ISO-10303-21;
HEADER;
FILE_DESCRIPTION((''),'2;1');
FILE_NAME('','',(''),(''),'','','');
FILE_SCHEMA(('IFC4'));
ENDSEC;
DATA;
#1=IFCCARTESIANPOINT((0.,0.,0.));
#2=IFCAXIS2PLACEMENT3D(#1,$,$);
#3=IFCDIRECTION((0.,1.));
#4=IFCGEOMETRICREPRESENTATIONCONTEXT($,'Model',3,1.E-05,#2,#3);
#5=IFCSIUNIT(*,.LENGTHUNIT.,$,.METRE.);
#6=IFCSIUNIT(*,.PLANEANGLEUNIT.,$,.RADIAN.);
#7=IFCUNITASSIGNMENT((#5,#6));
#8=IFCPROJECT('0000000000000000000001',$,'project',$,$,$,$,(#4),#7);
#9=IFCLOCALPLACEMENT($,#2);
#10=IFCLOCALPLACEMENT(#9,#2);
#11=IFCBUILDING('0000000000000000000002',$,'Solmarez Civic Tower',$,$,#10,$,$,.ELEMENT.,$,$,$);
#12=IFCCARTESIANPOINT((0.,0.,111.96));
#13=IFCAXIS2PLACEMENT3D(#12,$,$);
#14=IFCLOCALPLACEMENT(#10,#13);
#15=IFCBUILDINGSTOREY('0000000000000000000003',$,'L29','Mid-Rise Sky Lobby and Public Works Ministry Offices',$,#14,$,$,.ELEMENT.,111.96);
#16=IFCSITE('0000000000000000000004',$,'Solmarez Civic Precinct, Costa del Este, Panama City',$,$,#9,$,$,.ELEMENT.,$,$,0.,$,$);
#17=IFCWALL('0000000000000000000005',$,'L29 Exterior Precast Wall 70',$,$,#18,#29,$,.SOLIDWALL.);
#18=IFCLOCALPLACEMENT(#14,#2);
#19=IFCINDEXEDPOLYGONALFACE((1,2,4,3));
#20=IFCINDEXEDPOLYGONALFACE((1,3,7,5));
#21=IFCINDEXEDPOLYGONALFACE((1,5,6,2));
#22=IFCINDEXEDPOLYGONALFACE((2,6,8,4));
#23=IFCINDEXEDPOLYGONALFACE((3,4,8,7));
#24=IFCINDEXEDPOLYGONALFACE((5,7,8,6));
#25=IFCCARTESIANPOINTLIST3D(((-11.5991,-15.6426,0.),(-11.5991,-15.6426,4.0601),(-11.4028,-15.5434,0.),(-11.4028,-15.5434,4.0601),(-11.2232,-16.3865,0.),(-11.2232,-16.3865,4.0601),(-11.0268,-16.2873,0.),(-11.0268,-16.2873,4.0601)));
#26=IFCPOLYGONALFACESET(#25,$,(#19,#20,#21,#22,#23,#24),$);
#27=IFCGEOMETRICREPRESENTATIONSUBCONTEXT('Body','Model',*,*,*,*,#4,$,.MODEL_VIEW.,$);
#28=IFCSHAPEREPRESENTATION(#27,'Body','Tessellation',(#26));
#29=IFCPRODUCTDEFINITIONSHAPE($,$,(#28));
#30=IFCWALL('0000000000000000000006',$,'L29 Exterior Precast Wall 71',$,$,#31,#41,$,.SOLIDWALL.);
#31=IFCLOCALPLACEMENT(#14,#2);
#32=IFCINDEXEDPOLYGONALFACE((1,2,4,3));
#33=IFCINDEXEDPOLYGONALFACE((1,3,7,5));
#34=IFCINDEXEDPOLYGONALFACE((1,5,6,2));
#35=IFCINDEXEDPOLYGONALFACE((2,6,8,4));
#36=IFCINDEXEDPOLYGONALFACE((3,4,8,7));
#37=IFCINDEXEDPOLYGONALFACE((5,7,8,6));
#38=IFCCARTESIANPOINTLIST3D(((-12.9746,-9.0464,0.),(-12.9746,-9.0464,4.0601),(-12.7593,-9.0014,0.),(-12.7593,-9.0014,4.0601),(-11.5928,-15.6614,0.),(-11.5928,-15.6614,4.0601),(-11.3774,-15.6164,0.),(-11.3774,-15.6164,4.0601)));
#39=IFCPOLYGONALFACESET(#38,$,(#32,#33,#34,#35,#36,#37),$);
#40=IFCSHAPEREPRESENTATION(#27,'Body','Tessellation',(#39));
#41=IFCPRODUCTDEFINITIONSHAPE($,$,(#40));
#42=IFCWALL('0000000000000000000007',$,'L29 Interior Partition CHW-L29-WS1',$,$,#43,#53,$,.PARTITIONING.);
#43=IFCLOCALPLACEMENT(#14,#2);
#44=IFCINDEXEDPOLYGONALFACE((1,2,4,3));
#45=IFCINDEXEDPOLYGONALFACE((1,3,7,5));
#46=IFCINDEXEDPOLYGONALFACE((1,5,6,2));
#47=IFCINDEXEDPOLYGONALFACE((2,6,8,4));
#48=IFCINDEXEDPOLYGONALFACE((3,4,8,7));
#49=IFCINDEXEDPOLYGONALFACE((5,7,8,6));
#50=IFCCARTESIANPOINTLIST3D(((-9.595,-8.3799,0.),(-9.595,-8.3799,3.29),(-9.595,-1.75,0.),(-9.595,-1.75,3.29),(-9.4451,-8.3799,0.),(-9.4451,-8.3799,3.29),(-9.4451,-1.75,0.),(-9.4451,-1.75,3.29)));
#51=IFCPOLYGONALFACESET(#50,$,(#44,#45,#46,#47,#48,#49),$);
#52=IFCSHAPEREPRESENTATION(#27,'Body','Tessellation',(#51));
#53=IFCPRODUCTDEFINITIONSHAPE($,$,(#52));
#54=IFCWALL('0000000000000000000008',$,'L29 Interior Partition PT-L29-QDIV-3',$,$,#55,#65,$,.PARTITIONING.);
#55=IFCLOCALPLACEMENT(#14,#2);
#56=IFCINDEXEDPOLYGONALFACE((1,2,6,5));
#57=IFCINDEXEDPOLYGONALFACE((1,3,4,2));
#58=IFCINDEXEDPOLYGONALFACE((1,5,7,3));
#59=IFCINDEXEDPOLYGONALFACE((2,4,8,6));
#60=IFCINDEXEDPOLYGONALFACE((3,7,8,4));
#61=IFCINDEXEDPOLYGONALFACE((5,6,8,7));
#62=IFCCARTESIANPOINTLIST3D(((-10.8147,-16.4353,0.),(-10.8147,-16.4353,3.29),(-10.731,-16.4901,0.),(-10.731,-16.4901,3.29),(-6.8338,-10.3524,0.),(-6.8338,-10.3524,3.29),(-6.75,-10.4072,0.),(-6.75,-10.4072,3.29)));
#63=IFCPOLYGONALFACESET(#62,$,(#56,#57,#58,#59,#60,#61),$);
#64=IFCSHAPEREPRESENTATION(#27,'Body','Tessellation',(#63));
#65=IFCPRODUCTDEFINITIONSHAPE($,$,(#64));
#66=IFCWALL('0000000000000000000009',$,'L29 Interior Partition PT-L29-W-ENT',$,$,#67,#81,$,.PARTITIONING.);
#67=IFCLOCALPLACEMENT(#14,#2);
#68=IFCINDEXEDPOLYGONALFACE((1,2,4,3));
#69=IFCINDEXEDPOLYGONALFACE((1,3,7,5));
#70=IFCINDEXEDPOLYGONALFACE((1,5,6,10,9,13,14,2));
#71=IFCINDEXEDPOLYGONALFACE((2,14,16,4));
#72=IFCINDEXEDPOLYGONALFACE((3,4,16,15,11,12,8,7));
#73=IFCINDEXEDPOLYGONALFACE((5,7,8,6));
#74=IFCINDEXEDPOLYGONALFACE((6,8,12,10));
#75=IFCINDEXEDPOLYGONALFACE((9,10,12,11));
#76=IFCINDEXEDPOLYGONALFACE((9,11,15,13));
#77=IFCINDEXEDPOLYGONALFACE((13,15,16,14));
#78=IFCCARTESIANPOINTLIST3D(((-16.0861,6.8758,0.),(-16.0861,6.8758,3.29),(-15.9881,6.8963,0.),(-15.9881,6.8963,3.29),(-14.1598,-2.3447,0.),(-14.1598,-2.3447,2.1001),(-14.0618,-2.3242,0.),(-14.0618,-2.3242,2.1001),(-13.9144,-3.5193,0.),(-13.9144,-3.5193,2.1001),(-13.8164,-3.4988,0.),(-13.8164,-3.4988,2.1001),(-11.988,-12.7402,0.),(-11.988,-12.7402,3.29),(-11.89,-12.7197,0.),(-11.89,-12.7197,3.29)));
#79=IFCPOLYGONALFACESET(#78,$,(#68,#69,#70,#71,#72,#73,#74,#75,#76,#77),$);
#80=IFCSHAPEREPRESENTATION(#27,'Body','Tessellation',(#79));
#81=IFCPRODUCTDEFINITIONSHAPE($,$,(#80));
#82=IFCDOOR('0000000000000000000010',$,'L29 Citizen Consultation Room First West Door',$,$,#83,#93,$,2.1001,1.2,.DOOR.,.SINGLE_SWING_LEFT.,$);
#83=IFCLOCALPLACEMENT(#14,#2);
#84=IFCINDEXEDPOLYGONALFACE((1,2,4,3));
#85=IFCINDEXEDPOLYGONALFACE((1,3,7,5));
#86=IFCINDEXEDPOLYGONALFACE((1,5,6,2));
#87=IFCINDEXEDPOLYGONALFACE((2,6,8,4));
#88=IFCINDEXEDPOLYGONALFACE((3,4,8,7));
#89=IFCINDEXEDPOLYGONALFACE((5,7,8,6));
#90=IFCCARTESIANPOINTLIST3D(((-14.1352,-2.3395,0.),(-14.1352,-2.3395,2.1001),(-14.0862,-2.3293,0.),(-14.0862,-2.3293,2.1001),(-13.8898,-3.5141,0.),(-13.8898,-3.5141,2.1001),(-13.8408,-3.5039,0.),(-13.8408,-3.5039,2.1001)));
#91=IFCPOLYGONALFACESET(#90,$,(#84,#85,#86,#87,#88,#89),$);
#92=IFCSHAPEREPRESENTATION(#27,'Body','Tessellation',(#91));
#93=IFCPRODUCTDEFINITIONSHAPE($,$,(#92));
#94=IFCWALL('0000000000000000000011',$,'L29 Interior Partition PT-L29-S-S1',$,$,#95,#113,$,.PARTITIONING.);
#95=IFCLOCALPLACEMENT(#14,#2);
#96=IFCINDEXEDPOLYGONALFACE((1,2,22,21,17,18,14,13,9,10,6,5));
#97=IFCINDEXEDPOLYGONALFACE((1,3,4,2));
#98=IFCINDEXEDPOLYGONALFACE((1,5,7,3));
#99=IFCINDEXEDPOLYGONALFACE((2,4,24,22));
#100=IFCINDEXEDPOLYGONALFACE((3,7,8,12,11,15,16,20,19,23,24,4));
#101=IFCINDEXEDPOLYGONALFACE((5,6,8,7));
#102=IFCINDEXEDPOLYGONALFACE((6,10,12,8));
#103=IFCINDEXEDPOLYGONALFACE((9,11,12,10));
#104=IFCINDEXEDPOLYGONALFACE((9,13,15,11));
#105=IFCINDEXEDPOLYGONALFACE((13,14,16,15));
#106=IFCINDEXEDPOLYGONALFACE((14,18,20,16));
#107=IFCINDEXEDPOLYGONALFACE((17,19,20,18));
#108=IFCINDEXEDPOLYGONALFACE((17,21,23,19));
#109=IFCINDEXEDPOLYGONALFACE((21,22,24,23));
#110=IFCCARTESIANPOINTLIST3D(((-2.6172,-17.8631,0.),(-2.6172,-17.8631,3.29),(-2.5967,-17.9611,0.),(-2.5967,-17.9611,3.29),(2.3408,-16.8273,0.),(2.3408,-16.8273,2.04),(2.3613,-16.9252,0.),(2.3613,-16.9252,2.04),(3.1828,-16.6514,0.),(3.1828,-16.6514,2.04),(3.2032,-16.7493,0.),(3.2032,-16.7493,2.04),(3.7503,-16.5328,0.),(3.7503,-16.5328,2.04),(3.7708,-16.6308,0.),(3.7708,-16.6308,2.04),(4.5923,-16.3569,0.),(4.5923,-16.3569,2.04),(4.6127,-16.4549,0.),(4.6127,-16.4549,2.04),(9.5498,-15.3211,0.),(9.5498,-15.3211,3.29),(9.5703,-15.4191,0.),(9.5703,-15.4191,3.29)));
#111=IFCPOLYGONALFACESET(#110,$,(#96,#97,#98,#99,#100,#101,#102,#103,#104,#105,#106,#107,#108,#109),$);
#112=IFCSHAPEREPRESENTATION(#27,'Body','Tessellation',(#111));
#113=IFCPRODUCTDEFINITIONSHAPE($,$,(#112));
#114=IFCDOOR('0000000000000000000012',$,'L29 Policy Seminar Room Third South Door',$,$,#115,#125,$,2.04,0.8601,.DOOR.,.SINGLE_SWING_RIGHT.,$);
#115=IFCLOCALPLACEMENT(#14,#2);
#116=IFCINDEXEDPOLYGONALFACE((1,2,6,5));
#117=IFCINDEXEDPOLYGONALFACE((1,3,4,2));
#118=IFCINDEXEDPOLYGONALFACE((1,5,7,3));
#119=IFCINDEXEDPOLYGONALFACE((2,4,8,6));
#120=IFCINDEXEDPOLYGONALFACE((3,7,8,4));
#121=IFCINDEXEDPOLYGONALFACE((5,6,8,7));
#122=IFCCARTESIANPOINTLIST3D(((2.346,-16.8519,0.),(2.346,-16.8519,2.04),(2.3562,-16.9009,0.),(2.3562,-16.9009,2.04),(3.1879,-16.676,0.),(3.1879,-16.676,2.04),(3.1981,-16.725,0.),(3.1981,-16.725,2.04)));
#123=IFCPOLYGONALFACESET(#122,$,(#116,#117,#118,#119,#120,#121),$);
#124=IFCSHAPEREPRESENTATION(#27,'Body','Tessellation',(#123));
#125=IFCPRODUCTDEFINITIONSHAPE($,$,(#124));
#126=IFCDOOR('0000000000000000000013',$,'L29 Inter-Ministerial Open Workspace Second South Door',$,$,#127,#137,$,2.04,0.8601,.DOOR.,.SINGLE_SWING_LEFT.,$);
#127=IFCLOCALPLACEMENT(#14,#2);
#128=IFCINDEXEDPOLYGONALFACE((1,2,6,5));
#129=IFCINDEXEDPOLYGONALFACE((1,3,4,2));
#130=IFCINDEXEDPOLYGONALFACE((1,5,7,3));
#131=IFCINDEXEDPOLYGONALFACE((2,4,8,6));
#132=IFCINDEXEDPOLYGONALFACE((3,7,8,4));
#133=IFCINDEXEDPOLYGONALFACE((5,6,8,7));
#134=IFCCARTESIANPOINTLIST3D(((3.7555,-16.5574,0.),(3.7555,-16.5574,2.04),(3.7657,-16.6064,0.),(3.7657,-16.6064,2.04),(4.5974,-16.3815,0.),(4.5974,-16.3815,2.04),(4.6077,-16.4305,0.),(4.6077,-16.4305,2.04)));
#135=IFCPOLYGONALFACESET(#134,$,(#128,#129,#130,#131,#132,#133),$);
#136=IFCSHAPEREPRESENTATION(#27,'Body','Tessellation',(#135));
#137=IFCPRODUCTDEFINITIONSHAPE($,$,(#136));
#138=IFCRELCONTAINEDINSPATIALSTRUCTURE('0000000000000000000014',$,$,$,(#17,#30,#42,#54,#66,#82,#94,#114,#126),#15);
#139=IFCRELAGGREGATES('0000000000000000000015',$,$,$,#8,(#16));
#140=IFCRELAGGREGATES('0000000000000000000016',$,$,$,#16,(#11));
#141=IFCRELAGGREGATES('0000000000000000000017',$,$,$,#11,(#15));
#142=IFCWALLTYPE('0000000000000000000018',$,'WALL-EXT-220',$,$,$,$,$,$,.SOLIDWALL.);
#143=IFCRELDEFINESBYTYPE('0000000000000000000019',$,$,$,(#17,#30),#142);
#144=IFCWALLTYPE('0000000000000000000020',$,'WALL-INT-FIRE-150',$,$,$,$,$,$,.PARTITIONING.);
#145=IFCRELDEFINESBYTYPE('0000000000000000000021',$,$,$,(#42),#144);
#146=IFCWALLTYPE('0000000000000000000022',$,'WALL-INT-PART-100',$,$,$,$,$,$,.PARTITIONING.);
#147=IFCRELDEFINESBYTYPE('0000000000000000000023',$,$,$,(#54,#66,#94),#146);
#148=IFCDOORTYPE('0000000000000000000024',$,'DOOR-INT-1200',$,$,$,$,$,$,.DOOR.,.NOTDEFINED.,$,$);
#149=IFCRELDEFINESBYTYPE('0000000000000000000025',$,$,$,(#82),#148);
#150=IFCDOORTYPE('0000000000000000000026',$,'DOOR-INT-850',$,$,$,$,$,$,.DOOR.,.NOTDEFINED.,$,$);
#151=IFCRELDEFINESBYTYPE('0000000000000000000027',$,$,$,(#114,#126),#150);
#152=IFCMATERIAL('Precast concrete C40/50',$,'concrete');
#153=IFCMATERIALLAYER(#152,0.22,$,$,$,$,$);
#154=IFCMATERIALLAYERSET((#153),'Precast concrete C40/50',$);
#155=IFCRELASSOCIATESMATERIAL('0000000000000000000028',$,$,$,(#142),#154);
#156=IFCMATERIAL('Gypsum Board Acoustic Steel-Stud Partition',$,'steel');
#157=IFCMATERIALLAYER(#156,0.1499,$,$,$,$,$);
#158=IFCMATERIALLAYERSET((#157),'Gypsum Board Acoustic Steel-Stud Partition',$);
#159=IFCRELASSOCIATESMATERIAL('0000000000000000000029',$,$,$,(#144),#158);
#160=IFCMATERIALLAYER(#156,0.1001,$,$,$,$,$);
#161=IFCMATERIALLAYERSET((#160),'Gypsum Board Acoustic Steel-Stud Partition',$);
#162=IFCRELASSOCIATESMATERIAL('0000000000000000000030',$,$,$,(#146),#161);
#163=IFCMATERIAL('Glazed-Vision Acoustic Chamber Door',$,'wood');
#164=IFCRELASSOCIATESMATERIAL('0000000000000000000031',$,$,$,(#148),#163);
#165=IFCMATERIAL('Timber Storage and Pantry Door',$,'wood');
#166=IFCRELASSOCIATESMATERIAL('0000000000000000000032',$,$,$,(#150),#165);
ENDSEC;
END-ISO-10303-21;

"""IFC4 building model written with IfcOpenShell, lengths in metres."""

from ifc_helpers import new_model, si_unit, direction, frame, frame_2d, origin, place, context, subcontext, project, spatial, rectangle, extrude, material, layer, layer_set, type_object, element, fill, save


model = new_model("IFC4")

# Units and contexts
model_context = context("Model", 3, precision=1e-05, world=origin(), true_north=direction((0.0, 1.0)))
body_context = subcontext(model_context, "Body", "Model", "MODEL_VIEW")
ifc_project = project(units=[si_unit("LENGTHUNIT", "METRE"), si_unit("PLANEANGLEUNIT", "RADIAN")], contexts=[model_context])

# Site, building, storey
site_placement = place(None, origin())
site = spatial("IfcSite", under=ifc_project, at=site_placement, Name="Solmarez Civic Precinct, Costa del Este, Panama City", CompositionType="ELEMENT", RefElevation=0.0)
building_placement = place(site_placement, origin())
building = spatial("IfcBuilding", under=site, at=building_placement, Name="Solmarez Civic Tower", CompositionType="ELEMENT")
storey_placement = place(building_placement, frame((0.0, 0.0, 111.96)))
storey = spatial("IfcBuildingStorey", under=building, at=storey_placement, Name="L29", Description="Mid-Rise Sky Lobby and Public Works Ministry Offices", CompositionType="ELEMENT", Elevation=111.96)

# Shared definitions
ifc_material_1 = material(Name="Precast concrete C40/50", Category="concrete")
ifc_layer_1 = layer(ifc_material_1, 0.22)
ifc_layer_set_1 = layer_set([ifc_layer_1], Name="Precast concrete C40/50")
wall_type_1 = type_object("IfcWallType", Name="WALL-EXT-220", PredefinedType="SOLIDWALL", material=ifc_layer_set_1)

# Walls
wall_1_placement = place(storey_placement, frame((-11.125, -16.3369, 0.0), z_axis=(0.0, 0.0, 1.0), x_axis=(-0.451076, 0.892486, 0.0)))
element("IfcWall", 1, at=wall_1_placement, inside=storey, type_object=wall_type_1, Name="L29 Exterior Precast Wall 70", PredefinedType="SOLIDWALL", context=body_context, shape_type="SweptSolid", body=[
    extrude(rectangle(XDim=0.8335, YDim=0.22, at=frame_2d((0.4167, 0.0))), origin(), (0.0, 0.0, 1.0), 4.0601),
])
wall_2_placement = place(storey_placement, frame((-11.4851, -15.6389, 0.0), z_axis=(0.0, 0.0, 1.0), x_axis=(-0.204481, 0.978871, 0.0)))
element("IfcWall", 2, at=wall_2_placement, inside=storey, type_object=wall_type_1, Name="L29 Exterior Precast Wall 71", PredefinedType="SOLIDWALL", context=body_context, shape_type="SweptSolid", body=[
    extrude(rectangle(XDim=6.7578, YDim=0.22, at=frame_2d((3.3789, 0.0))), origin(), (0.0, 0.0, 1.0), 4.0601),
])
ifc_material_2 = material(Name="Gypsum Board Acoustic Steel-Stud Partition", Category="steel")
ifc_layer_2 = layer(ifc_material_2, 0.1499)
ifc_layer_set_2 = layer_set([ifc_layer_2], Name="Gypsum Board Acoustic Steel-Stud Partition")
wall_type_2 = type_object("IfcWallType", Name="WALL-INT-FIRE-150", PredefinedType="PARTITIONING", material=ifc_layer_set_2)
wall_3_placement = place(storey_placement, frame((-9.52, -8.3799, 0.0), z_axis=(0.0, 0.0, 1.0), x_axis=(0.0, 1.0, 0.0)))
element("IfcWall", 3, at=wall_3_placement, inside=storey, type_object=wall_type_2, Name="L29 Interior Partition CHW-L29-WS1", PredefinedType="PARTITIONING", context=body_context, shape_type="SweptSolid", body=[
    extrude(rectangle(XDim=6.6299, YDim=0.1499, at=frame_2d((3.3149, 0.0))), origin(), (0.0, 0.0, 1.0), 3.29),
])
ifc_layer_3 = layer(ifc_material_2, 0.1001)
ifc_layer_set_3 = layer_set([ifc_layer_3], Name="Gypsum Board Acoustic Steel-Stud Partition")
wall_type_3 = type_object("IfcWallType", Name="WALL-INT-PART-100", PredefinedType="PARTITIONING", material=ifc_layer_set_3)
wall_4_placement = place(storey_placement, frame((-6.792, -10.3799, 0.0), z_axis=(0.0, 0.0, 1.0), x_axis=(-0.547597, -0.836742, 0.0)))
element("IfcWall", 4, at=wall_4_placement, inside=storey, type_object=wall_type_3, Name="L29 Interior Partition PT-L29-QDIV-3", PredefinedType="PARTITIONING", context=body_context, shape_type="SweptSolid", body=[
    extrude(rectangle(XDim=7.2698, YDim=0.1001, at=frame_2d((3.6348, 0.0))), origin(), (0.0, 0.0, 1.0), 3.29),
])

# Wall, opening, door
wall_5_placement = place(storey_placement, frame((-11.939, -12.73, 0.0), z_axis=(0.0, 0.0, 1.0), x_axis=(-0.204503, 0.978866, 0.0)))
wall_5 = element("IfcWall", 5, at=wall_5_placement, inside=storey, type_object=wall_type_3, Name="L29 Interior Partition PT-L29-W-ENT", PredefinedType="PARTITIONING", context=body_context, shape_type="SweptSolid", body=[
    extrude(rectangle(XDim=20.0396, YDim=0.1001, at=frame_2d((10.0198, 0.0))), origin(), (0.0, 0.0, 1.0), 3.29),
])
opening_1_placement = place(wall_5_placement, frame((9.4199, 0.0, 0.0)))
opening_1 = element("IfcOpeningElement", 6, at=opening_1_placement, cuts=wall_5, PredefinedType="OPENING", context=body_context, shape_type="SweptSolid", body=[
    extrude(rectangle(XDim=1.2, YDim=2.1001, at=frame_2d((0.6001, 1.05))), frame((0.0, 0.0601, 0.0), z_axis=(0.0, -1.0, 0.0), x_axis=(1.0, 0.0, 0.0)), (0.0, 0.0, 1.0), 0.1201),
])
ifc_material_3 = material(Name="Glazed-Vision Acoustic Chamber Door", Category="wood")
door_type_1 = type_object("IfcDoorType", Name="DOOR-INT-1200", OperationType="NOTDEFINED", PredefinedType="DOOR", material=ifc_material_3)
door_1_placement = place(opening_1_placement, origin())
door_1 = element("IfcDoor", 7, at=door_1_placement, inside=storey, type_object=door_type_1, Name="L29 Citizen Consultation Room First West Door", OperationType="SINGLE_SWING_LEFT", OverallHeight=2.1001, OverallWidth=1.2, PredefinedType="DOOR", context=body_context, shape_type="SweptSolid", body=[
    extrude(rectangle(XDim=1.2, YDim=2.1001, at=frame_2d((0.6001, 1.05))), frame((0.0, 0.0249, 0.0), z_axis=(0.0, -1.0, 0.0), x_axis=(1.0, 0.0, 0.0)), (0.0, 0.0, 1.0), 0.05),
])
fill(opening_1, door_1)

# Wall, openings, doors
wall_6_placement = place(storey_placement, frame((-2.6069, -17.9121, 0.0), z_axis=(0.0, 0.0, 1.0), x_axis=(0.978865, 0.20451, 0.0)))
wall_6 = element("IfcWall", 8, at=wall_6_placement, inside=storey, type_object=wall_type_3, Name="L29 Interior Partition PT-L29-S-S1", PredefinedType="PARTITIONING", context=body_context, shape_type="SweptSolid", body=[
    extrude(rectangle(XDim=12.4297, YDim=0.1001, at=frame_2d((6.2148, 0.0))), origin(), (0.0, 0.0, 1.0), 3.29),
])
opening_2_placement = place(wall_6_placement, frame((5.0649, 0.0, 0.0)))
opening_2 = element("IfcOpeningElement", 9, at=opening_2_placement, cuts=wall_6, PredefinedType="OPENING", context=body_context, shape_type="SweptSolid", body=[
    extrude(rectangle(XDim=0.8601, YDim=2.04, at=frame_2d((0.4302, 1.02))), frame((0.0, 0.0601, 0.0), z_axis=(0.0, -1.0, 0.0), x_axis=(1.0, 0.0, 0.0)), (0.0, 0.0, 1.0), 0.1201),
])
opening_3_placement = place(wall_6_placement, frame((6.5049, 0.0, 0.0)))
opening_3 = element("IfcOpeningElement", 10, at=opening_3_placement, cuts=wall_6, PredefinedType="OPENING", context=body_context, shape_type="SweptSolid", body=[
    extrude(rectangle(XDim=0.8601, YDim=2.04, at=frame_2d((0.4302, 1.02))), frame((0.0, 0.0601, 0.0), z_axis=(0.0, -1.0, 0.0), x_axis=(1.0, 0.0, 0.0)), (0.0, 0.0, 1.0), 0.1201),
])
ifc_material_4 = material(Name="Timber Storage and Pantry Door", Category="wood")
door_type_2 = type_object("IfcDoorType", Name="DOOR-INT-850", OperationType="NOTDEFINED", PredefinedType="DOOR", material=ifc_material_4)
door_2_placement = place(opening_2_placement, origin())
door_2 = element("IfcDoor", 11, at=door_2_placement, inside=storey, type_object=door_type_2, Name="L29 Policy Seminar Room Third South Door", OperationType="SINGLE_SWING_RIGHT", OverallHeight=2.04, OverallWidth=0.8601, PredefinedType="DOOR", context=body_context, shape_type="SweptSolid", body=[
    extrude(rectangle(XDim=0.8601, YDim=2.04, at=frame_2d((0.4302, 1.02))), frame((0.0, 0.0249, 0.0), z_axis=(0.0, -1.0, 0.0), x_axis=(1.0, 0.0, 0.0)), (0.0, 0.0, 1.0), 0.05),
])
fill(opening_2, door_2)
door_3_placement = place(opening_3_placement, origin())
door_3 = element("IfcDoor", 12, at=door_3_placement, inside=storey, type_object=door_type_2, Name="L29 Inter-Ministerial Open Workspace Second South Door", OperationType="SINGLE_SWING_LEFT", OverallHeight=2.04, OverallWidth=0.8601, PredefinedType="DOOR", context=body_context, shape_type="SweptSolid", body=[
    extrude(rectangle(XDim=0.8601, YDim=2.04, at=frame_2d((0.4302, 1.02))), frame((0.0, 0.0249, 0.0), z_axis=(0.0, -1.0, 0.0), x_axis=(1.0, 0.0, 0.0)), (0.0, 0.0, 1.0), 0.05),
])
fill(opening_3, door_3)

save(model, "model.ifc")
